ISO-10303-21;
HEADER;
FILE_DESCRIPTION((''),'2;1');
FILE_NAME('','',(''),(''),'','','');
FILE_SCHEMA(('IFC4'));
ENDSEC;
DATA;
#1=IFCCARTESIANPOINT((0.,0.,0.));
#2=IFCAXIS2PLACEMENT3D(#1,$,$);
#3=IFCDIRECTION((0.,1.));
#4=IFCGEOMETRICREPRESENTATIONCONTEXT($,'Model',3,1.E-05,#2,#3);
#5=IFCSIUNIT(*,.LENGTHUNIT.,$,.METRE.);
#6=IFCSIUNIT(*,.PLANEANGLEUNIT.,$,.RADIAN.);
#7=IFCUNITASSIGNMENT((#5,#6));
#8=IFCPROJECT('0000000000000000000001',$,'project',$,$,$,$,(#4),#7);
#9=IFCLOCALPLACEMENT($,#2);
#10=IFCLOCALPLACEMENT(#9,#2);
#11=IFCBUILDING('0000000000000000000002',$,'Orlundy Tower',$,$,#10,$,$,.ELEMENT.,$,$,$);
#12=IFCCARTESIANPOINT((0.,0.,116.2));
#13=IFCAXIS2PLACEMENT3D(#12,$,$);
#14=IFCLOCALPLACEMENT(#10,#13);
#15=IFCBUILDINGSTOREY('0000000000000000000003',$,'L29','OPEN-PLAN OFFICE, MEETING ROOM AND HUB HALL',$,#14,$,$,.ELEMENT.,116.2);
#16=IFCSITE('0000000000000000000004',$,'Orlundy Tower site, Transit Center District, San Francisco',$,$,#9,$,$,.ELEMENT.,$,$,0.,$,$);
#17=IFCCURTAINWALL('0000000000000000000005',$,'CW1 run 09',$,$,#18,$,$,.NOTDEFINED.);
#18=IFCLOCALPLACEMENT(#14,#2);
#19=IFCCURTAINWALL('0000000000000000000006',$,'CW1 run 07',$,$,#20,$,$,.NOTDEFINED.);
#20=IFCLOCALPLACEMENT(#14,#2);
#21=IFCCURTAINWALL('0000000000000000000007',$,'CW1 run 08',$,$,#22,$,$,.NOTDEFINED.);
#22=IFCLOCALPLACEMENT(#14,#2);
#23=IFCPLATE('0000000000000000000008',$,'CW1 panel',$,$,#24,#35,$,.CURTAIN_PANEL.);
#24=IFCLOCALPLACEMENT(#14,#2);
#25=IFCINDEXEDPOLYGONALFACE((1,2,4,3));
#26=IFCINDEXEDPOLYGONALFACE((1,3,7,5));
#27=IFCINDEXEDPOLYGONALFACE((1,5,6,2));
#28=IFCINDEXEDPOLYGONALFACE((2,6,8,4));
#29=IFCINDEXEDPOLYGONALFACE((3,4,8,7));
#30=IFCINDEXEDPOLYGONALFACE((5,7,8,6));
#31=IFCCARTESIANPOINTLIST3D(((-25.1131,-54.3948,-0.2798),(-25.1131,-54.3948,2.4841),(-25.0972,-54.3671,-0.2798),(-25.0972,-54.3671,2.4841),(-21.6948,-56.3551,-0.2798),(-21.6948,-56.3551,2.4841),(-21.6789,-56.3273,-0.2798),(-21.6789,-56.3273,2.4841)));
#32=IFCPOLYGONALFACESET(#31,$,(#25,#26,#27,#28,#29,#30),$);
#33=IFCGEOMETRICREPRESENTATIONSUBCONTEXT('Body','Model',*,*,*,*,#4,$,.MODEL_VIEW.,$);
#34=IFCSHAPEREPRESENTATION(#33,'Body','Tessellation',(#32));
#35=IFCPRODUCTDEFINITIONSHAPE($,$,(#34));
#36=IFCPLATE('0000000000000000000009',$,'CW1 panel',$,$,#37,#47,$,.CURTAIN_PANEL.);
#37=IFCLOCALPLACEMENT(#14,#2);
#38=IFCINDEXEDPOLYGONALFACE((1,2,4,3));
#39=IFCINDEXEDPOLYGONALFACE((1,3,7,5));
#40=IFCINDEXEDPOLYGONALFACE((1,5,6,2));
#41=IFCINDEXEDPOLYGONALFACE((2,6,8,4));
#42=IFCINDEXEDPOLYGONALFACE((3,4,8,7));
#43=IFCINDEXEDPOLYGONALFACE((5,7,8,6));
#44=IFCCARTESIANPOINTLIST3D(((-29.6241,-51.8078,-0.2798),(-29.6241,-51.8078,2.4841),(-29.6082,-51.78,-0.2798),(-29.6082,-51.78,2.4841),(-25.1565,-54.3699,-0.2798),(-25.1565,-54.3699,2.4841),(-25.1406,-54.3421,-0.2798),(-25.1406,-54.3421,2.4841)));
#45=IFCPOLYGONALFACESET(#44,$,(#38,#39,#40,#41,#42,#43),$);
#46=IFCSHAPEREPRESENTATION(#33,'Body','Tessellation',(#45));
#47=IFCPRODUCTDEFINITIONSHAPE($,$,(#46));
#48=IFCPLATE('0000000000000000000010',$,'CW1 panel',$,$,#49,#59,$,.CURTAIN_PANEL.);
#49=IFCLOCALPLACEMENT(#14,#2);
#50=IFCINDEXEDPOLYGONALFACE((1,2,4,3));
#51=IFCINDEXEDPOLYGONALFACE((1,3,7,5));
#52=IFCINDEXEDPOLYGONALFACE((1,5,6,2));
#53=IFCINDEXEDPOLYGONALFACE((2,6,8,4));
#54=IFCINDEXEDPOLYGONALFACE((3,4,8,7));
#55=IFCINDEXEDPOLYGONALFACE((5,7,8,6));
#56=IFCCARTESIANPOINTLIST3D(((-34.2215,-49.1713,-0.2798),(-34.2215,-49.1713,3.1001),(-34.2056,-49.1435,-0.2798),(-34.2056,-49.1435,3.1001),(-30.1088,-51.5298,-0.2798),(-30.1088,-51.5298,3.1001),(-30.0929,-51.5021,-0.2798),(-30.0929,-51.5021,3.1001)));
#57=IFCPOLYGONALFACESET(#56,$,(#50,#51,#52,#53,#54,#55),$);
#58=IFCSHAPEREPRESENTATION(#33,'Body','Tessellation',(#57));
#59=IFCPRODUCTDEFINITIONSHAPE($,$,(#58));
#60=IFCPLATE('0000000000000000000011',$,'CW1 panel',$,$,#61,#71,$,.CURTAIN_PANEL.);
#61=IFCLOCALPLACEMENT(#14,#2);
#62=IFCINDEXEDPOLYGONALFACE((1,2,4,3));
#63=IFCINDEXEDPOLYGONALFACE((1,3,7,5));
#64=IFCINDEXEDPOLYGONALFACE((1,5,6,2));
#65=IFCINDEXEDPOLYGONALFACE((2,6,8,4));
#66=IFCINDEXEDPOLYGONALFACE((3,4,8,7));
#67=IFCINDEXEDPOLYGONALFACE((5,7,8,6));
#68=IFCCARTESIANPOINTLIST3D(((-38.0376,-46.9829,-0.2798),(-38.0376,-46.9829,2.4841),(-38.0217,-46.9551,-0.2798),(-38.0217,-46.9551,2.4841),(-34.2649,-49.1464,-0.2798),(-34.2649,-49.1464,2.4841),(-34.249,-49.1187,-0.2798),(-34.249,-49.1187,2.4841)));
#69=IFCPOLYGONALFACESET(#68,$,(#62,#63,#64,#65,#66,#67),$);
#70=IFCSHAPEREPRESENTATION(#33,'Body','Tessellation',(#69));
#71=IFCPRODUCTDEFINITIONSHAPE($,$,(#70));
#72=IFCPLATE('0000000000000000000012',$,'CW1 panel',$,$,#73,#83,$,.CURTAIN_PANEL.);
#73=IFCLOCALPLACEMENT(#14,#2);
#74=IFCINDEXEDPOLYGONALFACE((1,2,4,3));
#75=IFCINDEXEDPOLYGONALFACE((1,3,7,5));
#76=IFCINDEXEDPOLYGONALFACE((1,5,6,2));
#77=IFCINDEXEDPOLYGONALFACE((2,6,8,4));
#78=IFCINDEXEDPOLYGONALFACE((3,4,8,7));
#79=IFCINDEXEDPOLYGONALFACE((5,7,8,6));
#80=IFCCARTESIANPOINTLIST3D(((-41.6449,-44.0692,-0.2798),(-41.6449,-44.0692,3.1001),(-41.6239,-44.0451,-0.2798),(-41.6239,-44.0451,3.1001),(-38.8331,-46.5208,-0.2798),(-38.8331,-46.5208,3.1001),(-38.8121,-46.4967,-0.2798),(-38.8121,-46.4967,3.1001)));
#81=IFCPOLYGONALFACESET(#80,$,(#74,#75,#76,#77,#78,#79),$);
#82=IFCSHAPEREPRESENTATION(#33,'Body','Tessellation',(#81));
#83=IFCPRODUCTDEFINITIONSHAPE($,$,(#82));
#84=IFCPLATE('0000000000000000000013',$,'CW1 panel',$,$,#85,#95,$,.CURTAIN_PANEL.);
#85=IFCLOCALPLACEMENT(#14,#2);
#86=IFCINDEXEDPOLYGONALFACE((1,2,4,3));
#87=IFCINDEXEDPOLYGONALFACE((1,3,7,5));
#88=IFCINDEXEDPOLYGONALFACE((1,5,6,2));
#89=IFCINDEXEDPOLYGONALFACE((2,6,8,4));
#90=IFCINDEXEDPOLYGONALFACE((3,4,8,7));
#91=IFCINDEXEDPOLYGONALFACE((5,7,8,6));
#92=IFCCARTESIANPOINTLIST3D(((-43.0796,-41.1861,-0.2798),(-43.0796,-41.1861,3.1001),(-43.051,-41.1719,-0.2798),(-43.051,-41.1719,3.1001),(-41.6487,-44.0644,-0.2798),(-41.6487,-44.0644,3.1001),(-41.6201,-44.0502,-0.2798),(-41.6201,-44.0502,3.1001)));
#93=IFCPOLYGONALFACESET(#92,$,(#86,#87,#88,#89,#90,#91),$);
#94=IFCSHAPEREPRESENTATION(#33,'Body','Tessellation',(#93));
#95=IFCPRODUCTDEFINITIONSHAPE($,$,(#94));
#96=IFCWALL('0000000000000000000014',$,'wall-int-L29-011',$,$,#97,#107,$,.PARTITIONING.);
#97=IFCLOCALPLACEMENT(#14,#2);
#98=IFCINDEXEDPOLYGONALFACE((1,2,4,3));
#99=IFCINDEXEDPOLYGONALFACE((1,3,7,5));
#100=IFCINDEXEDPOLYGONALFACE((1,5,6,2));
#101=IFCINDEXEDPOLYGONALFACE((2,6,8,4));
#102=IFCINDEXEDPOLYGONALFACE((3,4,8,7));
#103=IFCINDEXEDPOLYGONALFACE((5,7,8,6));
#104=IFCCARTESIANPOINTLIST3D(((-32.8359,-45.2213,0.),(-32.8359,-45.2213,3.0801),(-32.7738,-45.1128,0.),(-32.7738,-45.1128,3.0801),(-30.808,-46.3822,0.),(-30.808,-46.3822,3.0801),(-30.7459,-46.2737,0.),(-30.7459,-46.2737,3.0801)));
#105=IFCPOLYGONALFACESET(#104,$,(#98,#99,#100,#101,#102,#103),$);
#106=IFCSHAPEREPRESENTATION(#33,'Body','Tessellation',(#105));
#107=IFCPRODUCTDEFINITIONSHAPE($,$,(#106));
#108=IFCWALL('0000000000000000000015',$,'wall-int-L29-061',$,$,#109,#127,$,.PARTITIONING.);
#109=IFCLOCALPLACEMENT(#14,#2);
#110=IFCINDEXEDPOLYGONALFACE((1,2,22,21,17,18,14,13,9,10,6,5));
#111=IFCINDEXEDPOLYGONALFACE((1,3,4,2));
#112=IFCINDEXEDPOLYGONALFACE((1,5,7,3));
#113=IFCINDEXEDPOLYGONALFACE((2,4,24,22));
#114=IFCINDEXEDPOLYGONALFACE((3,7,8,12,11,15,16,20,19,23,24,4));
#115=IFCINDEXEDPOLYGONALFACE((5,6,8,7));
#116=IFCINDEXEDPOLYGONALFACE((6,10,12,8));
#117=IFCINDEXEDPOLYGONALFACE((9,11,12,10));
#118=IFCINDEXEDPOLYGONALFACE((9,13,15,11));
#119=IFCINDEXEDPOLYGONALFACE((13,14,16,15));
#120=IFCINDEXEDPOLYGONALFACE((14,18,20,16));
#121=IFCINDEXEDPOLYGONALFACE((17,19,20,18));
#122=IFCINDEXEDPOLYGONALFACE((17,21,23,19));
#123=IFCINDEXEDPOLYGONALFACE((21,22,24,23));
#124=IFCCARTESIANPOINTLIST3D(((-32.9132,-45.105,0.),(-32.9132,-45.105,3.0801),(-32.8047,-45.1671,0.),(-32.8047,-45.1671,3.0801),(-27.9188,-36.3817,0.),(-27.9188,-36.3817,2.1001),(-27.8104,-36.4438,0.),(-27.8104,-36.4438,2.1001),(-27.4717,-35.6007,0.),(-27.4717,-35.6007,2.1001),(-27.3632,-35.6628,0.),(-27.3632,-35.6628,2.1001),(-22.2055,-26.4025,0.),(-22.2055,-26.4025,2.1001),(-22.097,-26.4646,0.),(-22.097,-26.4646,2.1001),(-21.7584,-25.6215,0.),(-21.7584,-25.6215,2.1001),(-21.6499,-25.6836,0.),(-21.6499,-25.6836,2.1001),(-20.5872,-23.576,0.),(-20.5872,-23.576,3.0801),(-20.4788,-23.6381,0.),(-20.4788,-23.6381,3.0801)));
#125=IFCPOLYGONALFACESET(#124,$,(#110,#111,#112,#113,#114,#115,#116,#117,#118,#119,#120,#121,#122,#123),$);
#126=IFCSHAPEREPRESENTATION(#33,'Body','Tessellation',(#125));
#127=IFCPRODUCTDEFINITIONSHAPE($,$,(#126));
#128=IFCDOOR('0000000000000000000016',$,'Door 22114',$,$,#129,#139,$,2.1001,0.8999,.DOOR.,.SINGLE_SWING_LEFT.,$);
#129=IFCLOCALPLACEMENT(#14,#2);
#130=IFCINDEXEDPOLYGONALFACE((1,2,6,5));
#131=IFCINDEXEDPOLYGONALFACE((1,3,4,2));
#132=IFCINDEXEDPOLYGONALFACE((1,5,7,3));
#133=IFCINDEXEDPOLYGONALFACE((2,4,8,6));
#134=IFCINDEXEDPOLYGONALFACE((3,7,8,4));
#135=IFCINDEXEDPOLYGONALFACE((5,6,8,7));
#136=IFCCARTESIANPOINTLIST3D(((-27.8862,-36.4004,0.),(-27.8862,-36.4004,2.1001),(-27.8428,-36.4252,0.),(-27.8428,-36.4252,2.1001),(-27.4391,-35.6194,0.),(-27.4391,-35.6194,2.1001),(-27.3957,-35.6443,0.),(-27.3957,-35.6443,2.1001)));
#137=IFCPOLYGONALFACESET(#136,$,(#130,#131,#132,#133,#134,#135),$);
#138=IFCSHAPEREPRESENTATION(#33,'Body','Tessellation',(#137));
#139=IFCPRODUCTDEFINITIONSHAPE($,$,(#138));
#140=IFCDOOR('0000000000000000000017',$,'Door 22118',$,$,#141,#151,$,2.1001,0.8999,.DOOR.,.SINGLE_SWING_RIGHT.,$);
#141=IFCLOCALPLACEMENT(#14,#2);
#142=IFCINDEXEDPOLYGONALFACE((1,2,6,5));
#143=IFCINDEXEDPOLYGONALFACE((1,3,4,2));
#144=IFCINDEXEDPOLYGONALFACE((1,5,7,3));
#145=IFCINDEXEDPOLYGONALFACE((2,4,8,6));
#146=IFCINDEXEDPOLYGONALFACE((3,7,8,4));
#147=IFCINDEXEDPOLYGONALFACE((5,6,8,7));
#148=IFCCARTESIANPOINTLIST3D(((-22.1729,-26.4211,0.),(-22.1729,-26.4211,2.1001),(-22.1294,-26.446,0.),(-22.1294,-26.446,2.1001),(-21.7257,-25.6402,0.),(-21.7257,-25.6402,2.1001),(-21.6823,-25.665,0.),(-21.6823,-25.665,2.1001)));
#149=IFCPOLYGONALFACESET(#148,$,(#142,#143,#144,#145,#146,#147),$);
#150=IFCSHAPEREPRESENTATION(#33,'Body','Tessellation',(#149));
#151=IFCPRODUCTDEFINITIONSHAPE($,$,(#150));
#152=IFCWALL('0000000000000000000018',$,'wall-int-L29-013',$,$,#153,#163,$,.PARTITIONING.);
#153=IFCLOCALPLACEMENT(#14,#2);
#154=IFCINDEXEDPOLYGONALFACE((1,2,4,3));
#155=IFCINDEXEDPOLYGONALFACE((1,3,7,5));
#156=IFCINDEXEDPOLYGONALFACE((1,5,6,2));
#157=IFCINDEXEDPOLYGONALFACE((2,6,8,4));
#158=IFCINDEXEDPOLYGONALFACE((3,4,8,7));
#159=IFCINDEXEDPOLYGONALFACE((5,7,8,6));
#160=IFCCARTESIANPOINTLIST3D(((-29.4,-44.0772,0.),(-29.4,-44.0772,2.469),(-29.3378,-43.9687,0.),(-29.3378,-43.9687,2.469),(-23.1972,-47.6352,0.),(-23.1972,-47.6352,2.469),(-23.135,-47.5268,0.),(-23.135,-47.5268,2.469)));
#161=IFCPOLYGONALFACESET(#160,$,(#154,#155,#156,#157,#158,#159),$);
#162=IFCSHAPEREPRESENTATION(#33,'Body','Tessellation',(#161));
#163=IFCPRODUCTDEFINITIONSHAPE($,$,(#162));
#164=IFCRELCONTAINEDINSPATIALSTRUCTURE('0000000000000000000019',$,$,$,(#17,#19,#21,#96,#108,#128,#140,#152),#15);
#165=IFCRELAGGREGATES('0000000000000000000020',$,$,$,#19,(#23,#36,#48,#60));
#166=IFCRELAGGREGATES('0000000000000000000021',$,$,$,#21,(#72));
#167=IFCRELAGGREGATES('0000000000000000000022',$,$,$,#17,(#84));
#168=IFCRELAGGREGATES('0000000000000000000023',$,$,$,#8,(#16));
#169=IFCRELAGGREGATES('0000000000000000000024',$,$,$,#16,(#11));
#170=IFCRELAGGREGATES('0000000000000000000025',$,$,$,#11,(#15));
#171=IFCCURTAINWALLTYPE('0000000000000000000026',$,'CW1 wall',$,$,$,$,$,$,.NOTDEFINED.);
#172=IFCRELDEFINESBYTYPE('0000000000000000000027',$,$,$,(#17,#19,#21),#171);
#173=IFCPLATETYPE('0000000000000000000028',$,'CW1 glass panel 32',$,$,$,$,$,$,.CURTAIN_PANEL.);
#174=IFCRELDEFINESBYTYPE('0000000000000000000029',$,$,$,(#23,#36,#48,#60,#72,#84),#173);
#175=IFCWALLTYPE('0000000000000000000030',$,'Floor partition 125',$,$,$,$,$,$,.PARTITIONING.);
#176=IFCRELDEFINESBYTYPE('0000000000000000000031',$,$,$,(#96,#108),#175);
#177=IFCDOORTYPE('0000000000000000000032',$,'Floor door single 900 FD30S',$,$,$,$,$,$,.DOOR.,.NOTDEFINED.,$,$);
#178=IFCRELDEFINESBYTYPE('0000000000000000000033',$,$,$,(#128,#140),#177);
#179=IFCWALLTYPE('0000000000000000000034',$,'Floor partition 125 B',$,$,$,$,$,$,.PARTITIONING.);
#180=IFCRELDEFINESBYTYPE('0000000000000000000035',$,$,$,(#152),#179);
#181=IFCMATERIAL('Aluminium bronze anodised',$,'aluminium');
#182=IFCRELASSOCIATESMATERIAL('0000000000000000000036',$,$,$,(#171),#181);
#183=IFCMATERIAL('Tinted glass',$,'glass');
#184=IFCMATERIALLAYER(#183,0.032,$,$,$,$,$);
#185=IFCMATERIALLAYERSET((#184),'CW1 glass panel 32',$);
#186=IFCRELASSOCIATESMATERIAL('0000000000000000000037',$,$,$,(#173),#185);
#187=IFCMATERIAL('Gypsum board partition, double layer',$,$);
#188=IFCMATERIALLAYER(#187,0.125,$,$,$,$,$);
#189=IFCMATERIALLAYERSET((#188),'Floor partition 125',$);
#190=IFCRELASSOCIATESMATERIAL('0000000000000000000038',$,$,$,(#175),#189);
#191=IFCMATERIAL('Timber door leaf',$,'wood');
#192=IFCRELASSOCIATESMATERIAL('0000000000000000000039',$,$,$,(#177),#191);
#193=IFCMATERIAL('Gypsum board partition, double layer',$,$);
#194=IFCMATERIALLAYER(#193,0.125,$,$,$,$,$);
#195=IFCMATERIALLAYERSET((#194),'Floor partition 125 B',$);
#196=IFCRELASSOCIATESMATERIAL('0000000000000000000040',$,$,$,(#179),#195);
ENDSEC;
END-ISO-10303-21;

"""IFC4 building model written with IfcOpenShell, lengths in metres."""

from ifc_helpers import new_model, si_unit, direction, frame, frame_2d, origin, origin_2d, place, context, subcontext, project, spatial, rectangle, extrude, material, layer, layer_set, type_object, element, fill, aggregate, save


model = new_model("IFC4")

# Units and contexts
model_context = context("Model", 3, precision=1e-05, world=origin(), true_north=direction((0.0, 1.0)))
body_context = subcontext(model_context, "Body", "Model", "MODEL_VIEW")
ifc_project = project(units=[si_unit("LENGTHUNIT", "METRE"), si_unit("PLANEANGLEUNIT", "RADIAN")], contexts=[model_context])

# Site, building, storey
site_placement = place(None, origin())
site = spatial("IfcSite", under=ifc_project, at=site_placement, Name="Orlundy Tower site, Transit Center District, San Francisco", CompositionType="ELEMENT", RefElevation=0.0)
building_placement = place(site_placement, origin())
building = spatial("IfcBuilding", under=site, at=building_placement, Name="Orlundy Tower", CompositionType="ELEMENT")
storey_placement = place(building_placement, frame((0.0, 0.0, 116.2)))
storey = spatial("IfcBuildingStorey", under=building, at=storey_placement, Name="L29", Description="OPEN-PLAN OFFICE, MEETING ROOM AND HUB HALL", CompositionType="ELEMENT", Elevation=116.2)

# Curtain wall
ifc_material_1 = material(Name="Aluminium bronze anodised", Category="aluminium")
curtain_wall_type = type_object("IfcCurtainWallType", Name="CW1 wall", PredefinedType="NOTDEFINED", material=ifc_material_1)
curtain_wall_1_placement = place(storey_placement, origin())
curtain_wall_1 = element("IfcCurtainWall", 1, at=curtain_wall_1_placement, inside=storey, type_object=curtain_wall_type, Name="CW1 run 09", PredefinedType="NOTDEFINED")

# Curtain wall
curtain_wall_2_placement = place(storey_placement, origin())
curtain_wall_2 = element("IfcCurtainWall", 2, at=curtain_wall_2_placement, inside=storey, type_object=curtain_wall_type, Name="CW1 run 07", PredefinedType="NOTDEFINED")

# Curtain wall
curtain_wall_3_placement = place(storey_placement, origin())
curtain_wall_3 = element("IfcCurtainWall", 3, at=curtain_wall_3_placement, inside=storey, type_object=curtain_wall_type, Name="CW1 run 08", PredefinedType="NOTDEFINED")

# Plates
ifc_material_2 = material(Name="Tinted glass", Category="glass")
ifc_layer_1 = layer(ifc_material_2, 0.032)
ifc_layer_set_1 = layer_set([ifc_layer_1], Name="CW1 glass panel 32")
plate_type = type_object("IfcPlateType", Name="CW1 glass panel 32", PredefinedType="CURTAIN_PANEL", material=ifc_layer_set_1)
plate_1_placement = place(storey_placement, frame((-23.396, -55.3611, -0.2798), z_axis=(0.0, 0.0, 1.0), x_axis=(-0.867477, 0.497477, 0.0)))
plate_1 = element("IfcPlate", 4, at=plate_1_placement, type_object=plate_type, Name="CW1 panel", PredefinedType="CURTAIN_PANEL", context=body_context, shape_type="SweptSolid", body=[
    extrude(rectangle(XDim=3.9404, YDim=0.032, at=origin_2d()), origin(), (0.0, 0.0, 1.0), 2.7639),
])
plate_2_placement = place(storey_placement, frame((-27.3823, -53.075, -0.2798), z_axis=(0.0, 0.0, 1.0), x_axis=(-0.867477, 0.497477, 0.0)))
plate_2 = element("IfcPlate", 5, at=plate_2_placement, type_object=plate_type, Name="CW1 panel", PredefinedType="CURTAIN_PANEL", context=body_context, shape_type="SweptSolid", body=[
    extrude(rectangle(XDim=5.1501, YDim=0.032, at=origin_2d()), origin(), (0.0, 0.0, 1.0), 2.7639),
])
plate_3_placement = place(storey_placement, frame((-32.1572, -50.3367, -0.2798), z_axis=(0.0, 0.0, 1.0), x_axis=(-0.867477, 0.497477, 0.0)))
plate_3 = element("IfcPlate", 6, at=plate_3_placement, type_object=plate_type, Name="CW1 panel", PredefinedType="CURTAIN_PANEL", context=body_context, shape_type="SweptSolid", body=[
    extrude(rectangle(XDim=4.741, YDim=0.032, at=origin_2d()), origin(), (0.0, 0.0, 1.0), 3.3799),
])
plate_4_placement = place(storey_placement, frame((-36.1433, -48.0508, -0.2798), z_axis=(0.0, 0.0, 1.0), x_axis=(-0.867477, 0.497477, 0.0)))
plate_4 = element("IfcPlate", 7, at=plate_4_placement, type_object=plate_type, Name="CW1 panel", PredefinedType="CURTAIN_PANEL", context=body_context, shape_type="SweptSolid", body=[
    extrude(rectangle(XDim=4.3491, YDim=0.032, at=origin_2d()), origin(), (0.0, 0.0, 1.0), 2.7639),
])
aggregate(curtain_wall_2, [plate_1, plate_2, plate_3, plate_4])
plate_5_placement = place(storey_placement, frame((-40.2285, -45.283, -0.2798), z_axis=(0.0, 0.0, 1.0), x_axis=(-0.753745, 0.657167, 0.0)))
plate_5 = element("IfcPlate", 8, at=plate_5_placement, type_object=plate_type, Name="CW1 panel", PredefinedType="CURTAIN_PANEL", context=body_context, shape_type="SweptSolid", body=[
    extrude(rectangle(XDim=3.7305, YDim=0.032, at=origin_2d()), origin(), (0.0, 0.0, 1.0), 3.3799),
])
aggregate(curtain_wall_3, [plate_5])
plate_6_placement = place(storey_placement, frame((-42.3499, -42.6182, -0.2798), z_axis=(0.0, 0.0, 1.0), x_axis=(-0.445162, 0.89545, 0.0)))
plate_6 = element("IfcPlate", 9, at=plate_6_placement, type_object=plate_type, Name="CW1 panel", PredefinedType="CURTAIN_PANEL", context=body_context, shape_type="SweptSolid", body=[
    extrude(rectangle(XDim=3.2144, YDim=0.032, at=origin_2d()), origin(), (0.0, 0.0, 1.0), 3.3799),
])
aggregate(curtain_wall_1, [plate_6])

# Wall
ifc_material_3 = material(Name="Gypsum board partition, double layer")
ifc_layer_2 = layer(ifc_material_3, 0.125)
ifc_layer_set_2 = layer_set([ifc_layer_2], Name="Floor partition 125")
wall_type_1 = type_object("IfcWallType", Name="Floor partition 125", PredefinedType="PARTITIONING", material=ifc_layer_set_2)
wall_1_placement = place(storey_placement, frame((-32.8049, -45.167, 0.0), z_axis=(0.0, 0.0, 1.0), x_axis=(0.867851, -0.496825, 0.0)))
element("IfcWall", 10, at=wall_1_placement, inside=storey, type_object=wall_type_1, Name="wall-int-L29-011", PredefinedType="PARTITIONING", context=body_context, shape_type="SweptSolid", body=[
    extrude(rectangle(XDim=2.3367, YDim=0.125, at=frame_2d((1.1685, 0.0))), origin(), (0.0, 0.0, 1.0), 3.0801),
])

# Wall, openings, doors
wall_2_placement = place(storey_placement, frame((-32.8589, -45.136, 0.0), z_axis=(0.0, 0.0, 1.0), x_axis=(0.496856, 0.867833, 0.0)))
wall_2 = element("IfcWall", 11, at=wall_2_placement, inside=storey, type_object=wall_type_1, Name="wall-int-L29-061", PredefinedType="PARTITIONING", context=body_context, shape_type="SweptSolid", body=[
    extrude(rectangle(XDim=24.8079, YDim=0.125, at=frame_2d((12.4038, 0.0))), origin(), (0.0, 0.0, 1.0), 3.0801),
])
opening_1_placement = place(wall_2_placement, frame((10.0518, 0.0, 0.0)))
opening_1 = element("IfcOpeningElement", 12, at=opening_1_placement, cuts=wall_2, PredefinedType="OPENING", context=body_context, shape_type="SweptSolid", body=[
    extrude(rectangle(XDim=0.8999, YDim=2.1001, at=frame_2d((0.45, 1.05))), frame((0.0, 0.0725, 0.0), z_axis=(0.0, -1.0, 0.0), x_axis=(1.0, 0.0, 0.0)), (0.0, 0.0, 1.0), 0.145),
])
opening_2_placement = place(wall_2_placement, frame((21.5508, 0.0, 0.0)))
opening_2 = element("IfcOpeningElement", 13, at=opening_2_placement, cuts=wall_2, PredefinedType="OPENING", context=body_context, shape_type="SweptSolid", body=[
    extrude(rectangle(XDim=0.8999, YDim=2.1001, at=frame_2d((0.45, 1.05))), frame((0.0, 0.0725, 0.0), z_axis=(0.0, -1.0, 0.0), x_axis=(1.0, 0.0, 0.0)), (0.0, 0.0, 1.0), 0.145),
])
ifc_material_4 = material(Name="Timber door leaf", Category="wood")
door_type_1 = type_object("IfcDoorType", Name="Floor door single 900 FD30S", OperationType="NOTDEFINED", PredefinedType="DOOR", material=ifc_material_4)
door_1_placement = place(opening_1_placement, origin())
door_1 = element("IfcDoor", 14, at=door_1_placement, inside=storey, type_object=door_type_1, Name="Door 22114", OperationType="SINGLE_SWING_LEFT", OverallHeight=2.1001, OverallWidth=0.8999, PredefinedType="DOOR", context=body_context, shape_type="SweptSolid", body=[
    extrude(rectangle(XDim=0.8999, YDim=2.1001, at=frame_2d((0.45, 1.05))), frame((0.0, 0.0249, 0.0), z_axis=(0.0, -1.0, 0.0), x_axis=(1.0, 0.0, 0.0)), (0.0, 0.0, 1.0), 0.05),
])
fill(opening_1, door_1)
door_2_placement = place(opening_2_placement, origin())
door_2 = element("IfcDoor", 15, at=door_2_placement, inside=storey, type_object=door_type_1, Name="Door 22118", OperationType="SINGLE_SWING_RIGHT", OverallHeight=2.1001, OverallWidth=0.8999, PredefinedType="DOOR", context=body_context, shape_type="SweptSolid", body=[
    extrude(rectangle(XDim=0.8999, YDim=2.1001, at=frame_2d((0.45, 1.05))), frame((0.0, 0.0249, 0.0), z_axis=(0.0, -1.0, 0.0), x_axis=(1.0, 0.0, 0.0)), (0.0, 0.0, 1.0), 0.05),
])
fill(opening_2, door_2)

# Wall
ifc_material_5 = material(Name="Gypsum board partition, double layer")
ifc_layer_3 = layer(ifc_material_5, 0.125)
ifc_layer_set_3 = layer_set([ifc_layer_3], Name="Floor partition 125 B")
wall_type_2 = type_object("IfcWallType", Name="Floor partition 125 B", PredefinedType="PARTITIONING", material=ifc_layer_set_3)
wall_3_placement = place(storey_placement, frame((-29.3689, -44.0229, 0.0), z_axis=(0.0, 0.0, 1.0), x_axis=(0.867423, -0.497572, 0.0)))
element("IfcWall", 16, at=wall_3_placement, inside=storey, type_object=wall_type_2, Name="wall-int-L29-013", PredefinedType="PARTITIONING", context=body_context, shape_type="SweptSolid", body=[
    extrude(rectangle(XDim=7.1509, YDim=0.125, at=frame_2d((3.5754, 0.0))), origin(), (0.0, 0.0, 1.0), 2.469),
])

save(model, "model.ifc")
